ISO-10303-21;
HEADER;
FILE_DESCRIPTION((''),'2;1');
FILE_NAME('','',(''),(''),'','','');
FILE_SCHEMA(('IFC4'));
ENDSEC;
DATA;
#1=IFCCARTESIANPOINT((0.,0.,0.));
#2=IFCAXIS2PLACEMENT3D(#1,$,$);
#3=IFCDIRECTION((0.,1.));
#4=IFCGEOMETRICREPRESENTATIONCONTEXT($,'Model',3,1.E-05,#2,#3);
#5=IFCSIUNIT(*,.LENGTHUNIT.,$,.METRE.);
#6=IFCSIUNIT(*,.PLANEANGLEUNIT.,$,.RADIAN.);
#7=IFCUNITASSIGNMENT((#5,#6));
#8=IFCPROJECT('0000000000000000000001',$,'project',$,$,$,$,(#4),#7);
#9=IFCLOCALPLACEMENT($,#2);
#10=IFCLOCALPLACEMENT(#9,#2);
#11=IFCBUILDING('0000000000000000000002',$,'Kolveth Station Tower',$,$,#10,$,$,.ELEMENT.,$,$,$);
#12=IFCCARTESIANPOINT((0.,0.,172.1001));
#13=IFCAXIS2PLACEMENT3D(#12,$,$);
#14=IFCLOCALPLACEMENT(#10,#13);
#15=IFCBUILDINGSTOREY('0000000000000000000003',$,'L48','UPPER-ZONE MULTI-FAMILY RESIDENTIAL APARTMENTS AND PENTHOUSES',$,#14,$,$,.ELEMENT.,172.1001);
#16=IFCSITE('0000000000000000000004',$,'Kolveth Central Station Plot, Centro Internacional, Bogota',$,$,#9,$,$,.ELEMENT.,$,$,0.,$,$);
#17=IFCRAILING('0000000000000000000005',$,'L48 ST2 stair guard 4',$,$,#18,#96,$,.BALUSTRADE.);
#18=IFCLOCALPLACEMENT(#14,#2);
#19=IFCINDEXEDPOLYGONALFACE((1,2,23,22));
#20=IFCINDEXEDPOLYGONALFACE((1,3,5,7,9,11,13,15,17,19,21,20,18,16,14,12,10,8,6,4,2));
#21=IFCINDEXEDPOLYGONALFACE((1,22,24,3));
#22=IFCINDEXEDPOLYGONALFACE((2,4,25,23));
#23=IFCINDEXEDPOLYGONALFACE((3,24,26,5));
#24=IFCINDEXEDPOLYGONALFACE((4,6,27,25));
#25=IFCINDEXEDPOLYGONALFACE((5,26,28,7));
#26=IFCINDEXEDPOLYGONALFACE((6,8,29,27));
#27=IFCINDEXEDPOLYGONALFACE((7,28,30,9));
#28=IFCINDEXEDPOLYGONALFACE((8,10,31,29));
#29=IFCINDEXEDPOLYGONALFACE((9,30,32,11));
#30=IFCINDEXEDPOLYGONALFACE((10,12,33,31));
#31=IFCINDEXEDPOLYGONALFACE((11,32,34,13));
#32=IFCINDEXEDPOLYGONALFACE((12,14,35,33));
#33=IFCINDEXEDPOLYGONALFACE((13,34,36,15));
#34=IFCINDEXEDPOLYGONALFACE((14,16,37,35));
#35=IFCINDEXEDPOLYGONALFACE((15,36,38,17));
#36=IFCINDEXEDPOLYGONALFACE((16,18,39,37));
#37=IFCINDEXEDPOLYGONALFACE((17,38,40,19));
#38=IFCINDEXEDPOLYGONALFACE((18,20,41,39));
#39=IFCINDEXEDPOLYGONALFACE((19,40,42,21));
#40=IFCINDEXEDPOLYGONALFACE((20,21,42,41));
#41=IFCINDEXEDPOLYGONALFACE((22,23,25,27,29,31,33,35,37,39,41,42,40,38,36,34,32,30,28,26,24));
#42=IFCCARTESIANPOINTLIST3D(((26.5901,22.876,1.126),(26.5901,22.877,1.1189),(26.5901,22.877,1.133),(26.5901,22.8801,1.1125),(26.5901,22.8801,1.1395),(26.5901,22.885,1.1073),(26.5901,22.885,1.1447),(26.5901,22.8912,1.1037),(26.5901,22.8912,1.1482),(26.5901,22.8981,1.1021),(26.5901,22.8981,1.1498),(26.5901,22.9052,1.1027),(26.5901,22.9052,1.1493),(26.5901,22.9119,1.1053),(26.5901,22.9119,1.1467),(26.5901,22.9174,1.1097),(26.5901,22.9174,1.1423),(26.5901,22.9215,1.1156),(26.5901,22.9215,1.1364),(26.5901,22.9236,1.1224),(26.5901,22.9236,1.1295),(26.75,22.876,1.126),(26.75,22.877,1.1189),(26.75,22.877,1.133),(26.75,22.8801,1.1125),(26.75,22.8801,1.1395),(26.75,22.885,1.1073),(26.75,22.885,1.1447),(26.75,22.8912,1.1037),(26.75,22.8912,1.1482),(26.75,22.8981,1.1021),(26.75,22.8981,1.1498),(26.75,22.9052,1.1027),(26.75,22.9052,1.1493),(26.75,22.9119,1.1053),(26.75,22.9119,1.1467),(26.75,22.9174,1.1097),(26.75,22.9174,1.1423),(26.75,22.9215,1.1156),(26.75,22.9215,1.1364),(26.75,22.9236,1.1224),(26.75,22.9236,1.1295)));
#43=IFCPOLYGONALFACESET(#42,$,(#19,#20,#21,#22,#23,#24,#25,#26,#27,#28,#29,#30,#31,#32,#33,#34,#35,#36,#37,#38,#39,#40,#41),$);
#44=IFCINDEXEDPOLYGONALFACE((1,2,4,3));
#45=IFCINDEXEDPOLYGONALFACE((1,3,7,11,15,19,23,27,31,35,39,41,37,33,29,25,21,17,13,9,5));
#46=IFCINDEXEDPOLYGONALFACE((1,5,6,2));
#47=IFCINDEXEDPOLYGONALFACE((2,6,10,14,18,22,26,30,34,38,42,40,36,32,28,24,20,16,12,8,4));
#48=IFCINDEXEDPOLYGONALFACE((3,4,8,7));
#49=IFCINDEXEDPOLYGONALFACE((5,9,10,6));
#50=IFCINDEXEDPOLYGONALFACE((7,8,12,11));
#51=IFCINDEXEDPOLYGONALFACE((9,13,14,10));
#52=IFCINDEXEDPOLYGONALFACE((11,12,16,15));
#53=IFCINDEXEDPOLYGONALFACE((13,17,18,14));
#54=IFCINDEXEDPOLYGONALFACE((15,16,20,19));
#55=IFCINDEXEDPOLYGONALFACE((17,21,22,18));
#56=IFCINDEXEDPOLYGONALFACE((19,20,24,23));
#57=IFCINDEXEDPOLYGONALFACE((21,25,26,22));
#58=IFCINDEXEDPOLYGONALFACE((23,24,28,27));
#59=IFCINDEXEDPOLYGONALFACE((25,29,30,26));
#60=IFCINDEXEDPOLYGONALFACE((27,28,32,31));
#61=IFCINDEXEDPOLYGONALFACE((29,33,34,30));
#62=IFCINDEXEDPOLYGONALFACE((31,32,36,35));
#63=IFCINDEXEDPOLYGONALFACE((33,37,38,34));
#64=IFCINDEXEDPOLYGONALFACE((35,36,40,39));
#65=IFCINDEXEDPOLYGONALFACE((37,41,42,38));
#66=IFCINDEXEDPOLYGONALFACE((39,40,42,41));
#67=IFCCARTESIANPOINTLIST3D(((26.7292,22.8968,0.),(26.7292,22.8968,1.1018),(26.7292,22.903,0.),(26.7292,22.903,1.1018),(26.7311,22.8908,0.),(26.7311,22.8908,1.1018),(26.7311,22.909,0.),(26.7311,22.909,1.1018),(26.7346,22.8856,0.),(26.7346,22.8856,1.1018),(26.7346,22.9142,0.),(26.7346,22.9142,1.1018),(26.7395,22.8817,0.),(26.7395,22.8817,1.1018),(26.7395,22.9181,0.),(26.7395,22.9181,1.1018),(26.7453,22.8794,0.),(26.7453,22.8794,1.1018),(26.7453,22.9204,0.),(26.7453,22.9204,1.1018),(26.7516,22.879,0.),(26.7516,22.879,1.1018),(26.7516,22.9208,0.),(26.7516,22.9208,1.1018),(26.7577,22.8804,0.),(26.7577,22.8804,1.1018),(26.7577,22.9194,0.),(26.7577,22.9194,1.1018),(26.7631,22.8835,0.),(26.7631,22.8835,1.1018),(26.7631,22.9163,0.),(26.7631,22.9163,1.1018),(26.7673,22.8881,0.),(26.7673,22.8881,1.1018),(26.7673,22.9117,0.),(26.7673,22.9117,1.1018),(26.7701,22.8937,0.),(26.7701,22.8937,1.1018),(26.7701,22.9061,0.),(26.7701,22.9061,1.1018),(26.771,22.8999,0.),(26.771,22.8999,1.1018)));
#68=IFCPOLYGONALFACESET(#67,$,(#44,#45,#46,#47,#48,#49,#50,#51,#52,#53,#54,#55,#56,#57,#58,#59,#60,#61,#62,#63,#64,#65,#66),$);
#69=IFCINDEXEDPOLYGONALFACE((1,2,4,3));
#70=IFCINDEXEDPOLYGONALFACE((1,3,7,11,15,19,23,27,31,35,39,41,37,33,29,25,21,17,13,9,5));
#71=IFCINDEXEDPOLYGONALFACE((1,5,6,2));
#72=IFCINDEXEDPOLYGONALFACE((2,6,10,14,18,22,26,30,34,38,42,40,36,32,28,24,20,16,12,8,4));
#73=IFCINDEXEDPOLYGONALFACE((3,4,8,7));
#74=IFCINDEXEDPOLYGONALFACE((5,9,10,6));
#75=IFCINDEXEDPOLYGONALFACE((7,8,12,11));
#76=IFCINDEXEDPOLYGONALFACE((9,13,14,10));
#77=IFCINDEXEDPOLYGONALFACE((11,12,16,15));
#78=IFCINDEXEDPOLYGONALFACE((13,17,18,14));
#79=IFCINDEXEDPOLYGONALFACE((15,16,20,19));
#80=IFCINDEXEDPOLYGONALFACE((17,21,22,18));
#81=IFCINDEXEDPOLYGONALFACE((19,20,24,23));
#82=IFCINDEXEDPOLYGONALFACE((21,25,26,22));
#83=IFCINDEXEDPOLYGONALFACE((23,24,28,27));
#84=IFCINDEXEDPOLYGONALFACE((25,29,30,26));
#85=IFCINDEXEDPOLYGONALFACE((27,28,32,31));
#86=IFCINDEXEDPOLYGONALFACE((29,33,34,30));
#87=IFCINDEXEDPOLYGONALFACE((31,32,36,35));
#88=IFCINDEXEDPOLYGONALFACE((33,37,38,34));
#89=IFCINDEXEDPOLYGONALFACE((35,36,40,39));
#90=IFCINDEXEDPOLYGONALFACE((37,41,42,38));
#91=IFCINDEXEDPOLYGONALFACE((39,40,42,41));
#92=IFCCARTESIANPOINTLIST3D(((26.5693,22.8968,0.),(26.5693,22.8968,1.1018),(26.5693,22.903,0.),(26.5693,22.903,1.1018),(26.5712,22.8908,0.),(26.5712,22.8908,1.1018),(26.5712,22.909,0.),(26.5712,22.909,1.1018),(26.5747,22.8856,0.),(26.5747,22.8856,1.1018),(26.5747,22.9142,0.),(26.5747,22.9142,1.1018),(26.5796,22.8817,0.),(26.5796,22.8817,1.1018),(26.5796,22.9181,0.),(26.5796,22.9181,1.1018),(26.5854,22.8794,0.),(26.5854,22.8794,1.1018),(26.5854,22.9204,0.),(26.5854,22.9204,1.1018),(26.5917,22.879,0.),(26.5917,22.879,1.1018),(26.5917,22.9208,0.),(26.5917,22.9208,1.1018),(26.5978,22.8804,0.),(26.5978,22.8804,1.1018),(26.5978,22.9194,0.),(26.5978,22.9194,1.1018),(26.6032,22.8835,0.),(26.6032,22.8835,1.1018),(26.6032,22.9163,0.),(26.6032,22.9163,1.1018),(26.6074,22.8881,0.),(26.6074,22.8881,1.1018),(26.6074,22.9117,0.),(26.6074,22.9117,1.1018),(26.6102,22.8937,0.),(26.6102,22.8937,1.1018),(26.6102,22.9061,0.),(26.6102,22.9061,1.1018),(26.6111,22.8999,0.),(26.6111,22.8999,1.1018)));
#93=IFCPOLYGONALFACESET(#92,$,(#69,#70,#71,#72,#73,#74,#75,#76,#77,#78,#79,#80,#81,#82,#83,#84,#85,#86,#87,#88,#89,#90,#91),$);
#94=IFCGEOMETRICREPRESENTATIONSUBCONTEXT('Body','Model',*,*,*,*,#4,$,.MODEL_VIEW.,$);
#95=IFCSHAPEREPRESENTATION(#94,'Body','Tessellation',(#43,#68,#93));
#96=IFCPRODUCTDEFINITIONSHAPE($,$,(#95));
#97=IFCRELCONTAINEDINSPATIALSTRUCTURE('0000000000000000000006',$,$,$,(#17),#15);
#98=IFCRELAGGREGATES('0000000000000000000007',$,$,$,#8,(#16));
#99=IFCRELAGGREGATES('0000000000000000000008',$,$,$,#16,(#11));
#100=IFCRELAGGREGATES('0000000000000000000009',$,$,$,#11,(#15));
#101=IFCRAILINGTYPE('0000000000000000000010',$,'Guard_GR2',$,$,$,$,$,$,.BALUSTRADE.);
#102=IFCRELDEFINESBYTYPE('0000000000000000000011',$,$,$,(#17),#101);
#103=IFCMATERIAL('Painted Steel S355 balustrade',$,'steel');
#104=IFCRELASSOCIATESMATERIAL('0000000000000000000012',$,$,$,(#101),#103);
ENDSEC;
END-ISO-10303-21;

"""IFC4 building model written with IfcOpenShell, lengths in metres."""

from ifc_helpers import new_model, si_unit, direction, frame, origin, origin_2d, place, context, subcontext, project, spatial, circle, extrude, material, type_object, element, save


model = new_model("IFC4")

# Units and contexts
model_context = context("Model", 3, precision=1e-05, world=origin(), true_north=direction((0.0, 1.0)))
body_context = subcontext(model_context, "Body", "Model", "MODEL_VIEW")
ifc_project = project(units=[si_unit("LENGTHUNIT", "METRE"), si_unit("PLANEANGLEUNIT", "RADIAN")], contexts=[model_context])

# Site, building, storey
site_placement = place(None, origin())
site = spatial("IfcSite", under=ifc_project, at=site_placement, Name="Kolveth Central Station Plot, Centro Internacional, Bogota", CompositionType="ELEMENT", RefElevation=0.0)
building_placement = place(site_placement, origin())
building = spatial("IfcBuilding", under=site, at=building_placement, Name="Kolveth Station Tower", CompositionType="ELEMENT")
storey_placement = place(building_placement, frame((0.0, 0.0, 172.1001)))
storey = spatial("IfcBuildingStorey", under=building, at=storey_placement, Name="L48", Description="UPPER-ZONE MULTI-FAMILY RESIDENTIAL APARTMENTS AND PENTHOUSES", CompositionType="ELEMENT", Elevation=172.1001)

# Railing
ifc_material_1 = material(Name="Painted Steel S355 balustrade", Category="steel")
railing_type_1 = type_object("IfcRailingType", Name="Guard_GR2", PredefinedType="BALUSTRADE", material=ifc_material_1)
railing_1_placement = place(storey_placement, frame((26.75, 22.8999, 0.0)))
element("IfcRailing", 1, at=railing_1_placement, inside=storey, type_object=railing_type_1, Name="L48 ST2 stair guard 4", PredefinedType="BALUSTRADE", context=body_context, shape_type="SweptSolid", body=[
    extrude(circle(Radius=0.0239, at=origin_2d()), frame((0.0, 0.0, 1.126), z_axis=(-1.0, 0.0, 0.0), x_axis=(0.0, -1.0, 0.0)), (0.0, 0.0, 1.0), 0.1599),
    extrude(circle(Radius=0.021, at=origin_2d()), origin(), (0.0, 0.0, 1.0), 1.1018),
    extrude(circle(Radius=0.021, at=origin_2d()), frame((-0.1599, 0.0, 0.0)), (0.0, 0.0, 1.0), 1.1018),
])

save(model, "model.ifc")
